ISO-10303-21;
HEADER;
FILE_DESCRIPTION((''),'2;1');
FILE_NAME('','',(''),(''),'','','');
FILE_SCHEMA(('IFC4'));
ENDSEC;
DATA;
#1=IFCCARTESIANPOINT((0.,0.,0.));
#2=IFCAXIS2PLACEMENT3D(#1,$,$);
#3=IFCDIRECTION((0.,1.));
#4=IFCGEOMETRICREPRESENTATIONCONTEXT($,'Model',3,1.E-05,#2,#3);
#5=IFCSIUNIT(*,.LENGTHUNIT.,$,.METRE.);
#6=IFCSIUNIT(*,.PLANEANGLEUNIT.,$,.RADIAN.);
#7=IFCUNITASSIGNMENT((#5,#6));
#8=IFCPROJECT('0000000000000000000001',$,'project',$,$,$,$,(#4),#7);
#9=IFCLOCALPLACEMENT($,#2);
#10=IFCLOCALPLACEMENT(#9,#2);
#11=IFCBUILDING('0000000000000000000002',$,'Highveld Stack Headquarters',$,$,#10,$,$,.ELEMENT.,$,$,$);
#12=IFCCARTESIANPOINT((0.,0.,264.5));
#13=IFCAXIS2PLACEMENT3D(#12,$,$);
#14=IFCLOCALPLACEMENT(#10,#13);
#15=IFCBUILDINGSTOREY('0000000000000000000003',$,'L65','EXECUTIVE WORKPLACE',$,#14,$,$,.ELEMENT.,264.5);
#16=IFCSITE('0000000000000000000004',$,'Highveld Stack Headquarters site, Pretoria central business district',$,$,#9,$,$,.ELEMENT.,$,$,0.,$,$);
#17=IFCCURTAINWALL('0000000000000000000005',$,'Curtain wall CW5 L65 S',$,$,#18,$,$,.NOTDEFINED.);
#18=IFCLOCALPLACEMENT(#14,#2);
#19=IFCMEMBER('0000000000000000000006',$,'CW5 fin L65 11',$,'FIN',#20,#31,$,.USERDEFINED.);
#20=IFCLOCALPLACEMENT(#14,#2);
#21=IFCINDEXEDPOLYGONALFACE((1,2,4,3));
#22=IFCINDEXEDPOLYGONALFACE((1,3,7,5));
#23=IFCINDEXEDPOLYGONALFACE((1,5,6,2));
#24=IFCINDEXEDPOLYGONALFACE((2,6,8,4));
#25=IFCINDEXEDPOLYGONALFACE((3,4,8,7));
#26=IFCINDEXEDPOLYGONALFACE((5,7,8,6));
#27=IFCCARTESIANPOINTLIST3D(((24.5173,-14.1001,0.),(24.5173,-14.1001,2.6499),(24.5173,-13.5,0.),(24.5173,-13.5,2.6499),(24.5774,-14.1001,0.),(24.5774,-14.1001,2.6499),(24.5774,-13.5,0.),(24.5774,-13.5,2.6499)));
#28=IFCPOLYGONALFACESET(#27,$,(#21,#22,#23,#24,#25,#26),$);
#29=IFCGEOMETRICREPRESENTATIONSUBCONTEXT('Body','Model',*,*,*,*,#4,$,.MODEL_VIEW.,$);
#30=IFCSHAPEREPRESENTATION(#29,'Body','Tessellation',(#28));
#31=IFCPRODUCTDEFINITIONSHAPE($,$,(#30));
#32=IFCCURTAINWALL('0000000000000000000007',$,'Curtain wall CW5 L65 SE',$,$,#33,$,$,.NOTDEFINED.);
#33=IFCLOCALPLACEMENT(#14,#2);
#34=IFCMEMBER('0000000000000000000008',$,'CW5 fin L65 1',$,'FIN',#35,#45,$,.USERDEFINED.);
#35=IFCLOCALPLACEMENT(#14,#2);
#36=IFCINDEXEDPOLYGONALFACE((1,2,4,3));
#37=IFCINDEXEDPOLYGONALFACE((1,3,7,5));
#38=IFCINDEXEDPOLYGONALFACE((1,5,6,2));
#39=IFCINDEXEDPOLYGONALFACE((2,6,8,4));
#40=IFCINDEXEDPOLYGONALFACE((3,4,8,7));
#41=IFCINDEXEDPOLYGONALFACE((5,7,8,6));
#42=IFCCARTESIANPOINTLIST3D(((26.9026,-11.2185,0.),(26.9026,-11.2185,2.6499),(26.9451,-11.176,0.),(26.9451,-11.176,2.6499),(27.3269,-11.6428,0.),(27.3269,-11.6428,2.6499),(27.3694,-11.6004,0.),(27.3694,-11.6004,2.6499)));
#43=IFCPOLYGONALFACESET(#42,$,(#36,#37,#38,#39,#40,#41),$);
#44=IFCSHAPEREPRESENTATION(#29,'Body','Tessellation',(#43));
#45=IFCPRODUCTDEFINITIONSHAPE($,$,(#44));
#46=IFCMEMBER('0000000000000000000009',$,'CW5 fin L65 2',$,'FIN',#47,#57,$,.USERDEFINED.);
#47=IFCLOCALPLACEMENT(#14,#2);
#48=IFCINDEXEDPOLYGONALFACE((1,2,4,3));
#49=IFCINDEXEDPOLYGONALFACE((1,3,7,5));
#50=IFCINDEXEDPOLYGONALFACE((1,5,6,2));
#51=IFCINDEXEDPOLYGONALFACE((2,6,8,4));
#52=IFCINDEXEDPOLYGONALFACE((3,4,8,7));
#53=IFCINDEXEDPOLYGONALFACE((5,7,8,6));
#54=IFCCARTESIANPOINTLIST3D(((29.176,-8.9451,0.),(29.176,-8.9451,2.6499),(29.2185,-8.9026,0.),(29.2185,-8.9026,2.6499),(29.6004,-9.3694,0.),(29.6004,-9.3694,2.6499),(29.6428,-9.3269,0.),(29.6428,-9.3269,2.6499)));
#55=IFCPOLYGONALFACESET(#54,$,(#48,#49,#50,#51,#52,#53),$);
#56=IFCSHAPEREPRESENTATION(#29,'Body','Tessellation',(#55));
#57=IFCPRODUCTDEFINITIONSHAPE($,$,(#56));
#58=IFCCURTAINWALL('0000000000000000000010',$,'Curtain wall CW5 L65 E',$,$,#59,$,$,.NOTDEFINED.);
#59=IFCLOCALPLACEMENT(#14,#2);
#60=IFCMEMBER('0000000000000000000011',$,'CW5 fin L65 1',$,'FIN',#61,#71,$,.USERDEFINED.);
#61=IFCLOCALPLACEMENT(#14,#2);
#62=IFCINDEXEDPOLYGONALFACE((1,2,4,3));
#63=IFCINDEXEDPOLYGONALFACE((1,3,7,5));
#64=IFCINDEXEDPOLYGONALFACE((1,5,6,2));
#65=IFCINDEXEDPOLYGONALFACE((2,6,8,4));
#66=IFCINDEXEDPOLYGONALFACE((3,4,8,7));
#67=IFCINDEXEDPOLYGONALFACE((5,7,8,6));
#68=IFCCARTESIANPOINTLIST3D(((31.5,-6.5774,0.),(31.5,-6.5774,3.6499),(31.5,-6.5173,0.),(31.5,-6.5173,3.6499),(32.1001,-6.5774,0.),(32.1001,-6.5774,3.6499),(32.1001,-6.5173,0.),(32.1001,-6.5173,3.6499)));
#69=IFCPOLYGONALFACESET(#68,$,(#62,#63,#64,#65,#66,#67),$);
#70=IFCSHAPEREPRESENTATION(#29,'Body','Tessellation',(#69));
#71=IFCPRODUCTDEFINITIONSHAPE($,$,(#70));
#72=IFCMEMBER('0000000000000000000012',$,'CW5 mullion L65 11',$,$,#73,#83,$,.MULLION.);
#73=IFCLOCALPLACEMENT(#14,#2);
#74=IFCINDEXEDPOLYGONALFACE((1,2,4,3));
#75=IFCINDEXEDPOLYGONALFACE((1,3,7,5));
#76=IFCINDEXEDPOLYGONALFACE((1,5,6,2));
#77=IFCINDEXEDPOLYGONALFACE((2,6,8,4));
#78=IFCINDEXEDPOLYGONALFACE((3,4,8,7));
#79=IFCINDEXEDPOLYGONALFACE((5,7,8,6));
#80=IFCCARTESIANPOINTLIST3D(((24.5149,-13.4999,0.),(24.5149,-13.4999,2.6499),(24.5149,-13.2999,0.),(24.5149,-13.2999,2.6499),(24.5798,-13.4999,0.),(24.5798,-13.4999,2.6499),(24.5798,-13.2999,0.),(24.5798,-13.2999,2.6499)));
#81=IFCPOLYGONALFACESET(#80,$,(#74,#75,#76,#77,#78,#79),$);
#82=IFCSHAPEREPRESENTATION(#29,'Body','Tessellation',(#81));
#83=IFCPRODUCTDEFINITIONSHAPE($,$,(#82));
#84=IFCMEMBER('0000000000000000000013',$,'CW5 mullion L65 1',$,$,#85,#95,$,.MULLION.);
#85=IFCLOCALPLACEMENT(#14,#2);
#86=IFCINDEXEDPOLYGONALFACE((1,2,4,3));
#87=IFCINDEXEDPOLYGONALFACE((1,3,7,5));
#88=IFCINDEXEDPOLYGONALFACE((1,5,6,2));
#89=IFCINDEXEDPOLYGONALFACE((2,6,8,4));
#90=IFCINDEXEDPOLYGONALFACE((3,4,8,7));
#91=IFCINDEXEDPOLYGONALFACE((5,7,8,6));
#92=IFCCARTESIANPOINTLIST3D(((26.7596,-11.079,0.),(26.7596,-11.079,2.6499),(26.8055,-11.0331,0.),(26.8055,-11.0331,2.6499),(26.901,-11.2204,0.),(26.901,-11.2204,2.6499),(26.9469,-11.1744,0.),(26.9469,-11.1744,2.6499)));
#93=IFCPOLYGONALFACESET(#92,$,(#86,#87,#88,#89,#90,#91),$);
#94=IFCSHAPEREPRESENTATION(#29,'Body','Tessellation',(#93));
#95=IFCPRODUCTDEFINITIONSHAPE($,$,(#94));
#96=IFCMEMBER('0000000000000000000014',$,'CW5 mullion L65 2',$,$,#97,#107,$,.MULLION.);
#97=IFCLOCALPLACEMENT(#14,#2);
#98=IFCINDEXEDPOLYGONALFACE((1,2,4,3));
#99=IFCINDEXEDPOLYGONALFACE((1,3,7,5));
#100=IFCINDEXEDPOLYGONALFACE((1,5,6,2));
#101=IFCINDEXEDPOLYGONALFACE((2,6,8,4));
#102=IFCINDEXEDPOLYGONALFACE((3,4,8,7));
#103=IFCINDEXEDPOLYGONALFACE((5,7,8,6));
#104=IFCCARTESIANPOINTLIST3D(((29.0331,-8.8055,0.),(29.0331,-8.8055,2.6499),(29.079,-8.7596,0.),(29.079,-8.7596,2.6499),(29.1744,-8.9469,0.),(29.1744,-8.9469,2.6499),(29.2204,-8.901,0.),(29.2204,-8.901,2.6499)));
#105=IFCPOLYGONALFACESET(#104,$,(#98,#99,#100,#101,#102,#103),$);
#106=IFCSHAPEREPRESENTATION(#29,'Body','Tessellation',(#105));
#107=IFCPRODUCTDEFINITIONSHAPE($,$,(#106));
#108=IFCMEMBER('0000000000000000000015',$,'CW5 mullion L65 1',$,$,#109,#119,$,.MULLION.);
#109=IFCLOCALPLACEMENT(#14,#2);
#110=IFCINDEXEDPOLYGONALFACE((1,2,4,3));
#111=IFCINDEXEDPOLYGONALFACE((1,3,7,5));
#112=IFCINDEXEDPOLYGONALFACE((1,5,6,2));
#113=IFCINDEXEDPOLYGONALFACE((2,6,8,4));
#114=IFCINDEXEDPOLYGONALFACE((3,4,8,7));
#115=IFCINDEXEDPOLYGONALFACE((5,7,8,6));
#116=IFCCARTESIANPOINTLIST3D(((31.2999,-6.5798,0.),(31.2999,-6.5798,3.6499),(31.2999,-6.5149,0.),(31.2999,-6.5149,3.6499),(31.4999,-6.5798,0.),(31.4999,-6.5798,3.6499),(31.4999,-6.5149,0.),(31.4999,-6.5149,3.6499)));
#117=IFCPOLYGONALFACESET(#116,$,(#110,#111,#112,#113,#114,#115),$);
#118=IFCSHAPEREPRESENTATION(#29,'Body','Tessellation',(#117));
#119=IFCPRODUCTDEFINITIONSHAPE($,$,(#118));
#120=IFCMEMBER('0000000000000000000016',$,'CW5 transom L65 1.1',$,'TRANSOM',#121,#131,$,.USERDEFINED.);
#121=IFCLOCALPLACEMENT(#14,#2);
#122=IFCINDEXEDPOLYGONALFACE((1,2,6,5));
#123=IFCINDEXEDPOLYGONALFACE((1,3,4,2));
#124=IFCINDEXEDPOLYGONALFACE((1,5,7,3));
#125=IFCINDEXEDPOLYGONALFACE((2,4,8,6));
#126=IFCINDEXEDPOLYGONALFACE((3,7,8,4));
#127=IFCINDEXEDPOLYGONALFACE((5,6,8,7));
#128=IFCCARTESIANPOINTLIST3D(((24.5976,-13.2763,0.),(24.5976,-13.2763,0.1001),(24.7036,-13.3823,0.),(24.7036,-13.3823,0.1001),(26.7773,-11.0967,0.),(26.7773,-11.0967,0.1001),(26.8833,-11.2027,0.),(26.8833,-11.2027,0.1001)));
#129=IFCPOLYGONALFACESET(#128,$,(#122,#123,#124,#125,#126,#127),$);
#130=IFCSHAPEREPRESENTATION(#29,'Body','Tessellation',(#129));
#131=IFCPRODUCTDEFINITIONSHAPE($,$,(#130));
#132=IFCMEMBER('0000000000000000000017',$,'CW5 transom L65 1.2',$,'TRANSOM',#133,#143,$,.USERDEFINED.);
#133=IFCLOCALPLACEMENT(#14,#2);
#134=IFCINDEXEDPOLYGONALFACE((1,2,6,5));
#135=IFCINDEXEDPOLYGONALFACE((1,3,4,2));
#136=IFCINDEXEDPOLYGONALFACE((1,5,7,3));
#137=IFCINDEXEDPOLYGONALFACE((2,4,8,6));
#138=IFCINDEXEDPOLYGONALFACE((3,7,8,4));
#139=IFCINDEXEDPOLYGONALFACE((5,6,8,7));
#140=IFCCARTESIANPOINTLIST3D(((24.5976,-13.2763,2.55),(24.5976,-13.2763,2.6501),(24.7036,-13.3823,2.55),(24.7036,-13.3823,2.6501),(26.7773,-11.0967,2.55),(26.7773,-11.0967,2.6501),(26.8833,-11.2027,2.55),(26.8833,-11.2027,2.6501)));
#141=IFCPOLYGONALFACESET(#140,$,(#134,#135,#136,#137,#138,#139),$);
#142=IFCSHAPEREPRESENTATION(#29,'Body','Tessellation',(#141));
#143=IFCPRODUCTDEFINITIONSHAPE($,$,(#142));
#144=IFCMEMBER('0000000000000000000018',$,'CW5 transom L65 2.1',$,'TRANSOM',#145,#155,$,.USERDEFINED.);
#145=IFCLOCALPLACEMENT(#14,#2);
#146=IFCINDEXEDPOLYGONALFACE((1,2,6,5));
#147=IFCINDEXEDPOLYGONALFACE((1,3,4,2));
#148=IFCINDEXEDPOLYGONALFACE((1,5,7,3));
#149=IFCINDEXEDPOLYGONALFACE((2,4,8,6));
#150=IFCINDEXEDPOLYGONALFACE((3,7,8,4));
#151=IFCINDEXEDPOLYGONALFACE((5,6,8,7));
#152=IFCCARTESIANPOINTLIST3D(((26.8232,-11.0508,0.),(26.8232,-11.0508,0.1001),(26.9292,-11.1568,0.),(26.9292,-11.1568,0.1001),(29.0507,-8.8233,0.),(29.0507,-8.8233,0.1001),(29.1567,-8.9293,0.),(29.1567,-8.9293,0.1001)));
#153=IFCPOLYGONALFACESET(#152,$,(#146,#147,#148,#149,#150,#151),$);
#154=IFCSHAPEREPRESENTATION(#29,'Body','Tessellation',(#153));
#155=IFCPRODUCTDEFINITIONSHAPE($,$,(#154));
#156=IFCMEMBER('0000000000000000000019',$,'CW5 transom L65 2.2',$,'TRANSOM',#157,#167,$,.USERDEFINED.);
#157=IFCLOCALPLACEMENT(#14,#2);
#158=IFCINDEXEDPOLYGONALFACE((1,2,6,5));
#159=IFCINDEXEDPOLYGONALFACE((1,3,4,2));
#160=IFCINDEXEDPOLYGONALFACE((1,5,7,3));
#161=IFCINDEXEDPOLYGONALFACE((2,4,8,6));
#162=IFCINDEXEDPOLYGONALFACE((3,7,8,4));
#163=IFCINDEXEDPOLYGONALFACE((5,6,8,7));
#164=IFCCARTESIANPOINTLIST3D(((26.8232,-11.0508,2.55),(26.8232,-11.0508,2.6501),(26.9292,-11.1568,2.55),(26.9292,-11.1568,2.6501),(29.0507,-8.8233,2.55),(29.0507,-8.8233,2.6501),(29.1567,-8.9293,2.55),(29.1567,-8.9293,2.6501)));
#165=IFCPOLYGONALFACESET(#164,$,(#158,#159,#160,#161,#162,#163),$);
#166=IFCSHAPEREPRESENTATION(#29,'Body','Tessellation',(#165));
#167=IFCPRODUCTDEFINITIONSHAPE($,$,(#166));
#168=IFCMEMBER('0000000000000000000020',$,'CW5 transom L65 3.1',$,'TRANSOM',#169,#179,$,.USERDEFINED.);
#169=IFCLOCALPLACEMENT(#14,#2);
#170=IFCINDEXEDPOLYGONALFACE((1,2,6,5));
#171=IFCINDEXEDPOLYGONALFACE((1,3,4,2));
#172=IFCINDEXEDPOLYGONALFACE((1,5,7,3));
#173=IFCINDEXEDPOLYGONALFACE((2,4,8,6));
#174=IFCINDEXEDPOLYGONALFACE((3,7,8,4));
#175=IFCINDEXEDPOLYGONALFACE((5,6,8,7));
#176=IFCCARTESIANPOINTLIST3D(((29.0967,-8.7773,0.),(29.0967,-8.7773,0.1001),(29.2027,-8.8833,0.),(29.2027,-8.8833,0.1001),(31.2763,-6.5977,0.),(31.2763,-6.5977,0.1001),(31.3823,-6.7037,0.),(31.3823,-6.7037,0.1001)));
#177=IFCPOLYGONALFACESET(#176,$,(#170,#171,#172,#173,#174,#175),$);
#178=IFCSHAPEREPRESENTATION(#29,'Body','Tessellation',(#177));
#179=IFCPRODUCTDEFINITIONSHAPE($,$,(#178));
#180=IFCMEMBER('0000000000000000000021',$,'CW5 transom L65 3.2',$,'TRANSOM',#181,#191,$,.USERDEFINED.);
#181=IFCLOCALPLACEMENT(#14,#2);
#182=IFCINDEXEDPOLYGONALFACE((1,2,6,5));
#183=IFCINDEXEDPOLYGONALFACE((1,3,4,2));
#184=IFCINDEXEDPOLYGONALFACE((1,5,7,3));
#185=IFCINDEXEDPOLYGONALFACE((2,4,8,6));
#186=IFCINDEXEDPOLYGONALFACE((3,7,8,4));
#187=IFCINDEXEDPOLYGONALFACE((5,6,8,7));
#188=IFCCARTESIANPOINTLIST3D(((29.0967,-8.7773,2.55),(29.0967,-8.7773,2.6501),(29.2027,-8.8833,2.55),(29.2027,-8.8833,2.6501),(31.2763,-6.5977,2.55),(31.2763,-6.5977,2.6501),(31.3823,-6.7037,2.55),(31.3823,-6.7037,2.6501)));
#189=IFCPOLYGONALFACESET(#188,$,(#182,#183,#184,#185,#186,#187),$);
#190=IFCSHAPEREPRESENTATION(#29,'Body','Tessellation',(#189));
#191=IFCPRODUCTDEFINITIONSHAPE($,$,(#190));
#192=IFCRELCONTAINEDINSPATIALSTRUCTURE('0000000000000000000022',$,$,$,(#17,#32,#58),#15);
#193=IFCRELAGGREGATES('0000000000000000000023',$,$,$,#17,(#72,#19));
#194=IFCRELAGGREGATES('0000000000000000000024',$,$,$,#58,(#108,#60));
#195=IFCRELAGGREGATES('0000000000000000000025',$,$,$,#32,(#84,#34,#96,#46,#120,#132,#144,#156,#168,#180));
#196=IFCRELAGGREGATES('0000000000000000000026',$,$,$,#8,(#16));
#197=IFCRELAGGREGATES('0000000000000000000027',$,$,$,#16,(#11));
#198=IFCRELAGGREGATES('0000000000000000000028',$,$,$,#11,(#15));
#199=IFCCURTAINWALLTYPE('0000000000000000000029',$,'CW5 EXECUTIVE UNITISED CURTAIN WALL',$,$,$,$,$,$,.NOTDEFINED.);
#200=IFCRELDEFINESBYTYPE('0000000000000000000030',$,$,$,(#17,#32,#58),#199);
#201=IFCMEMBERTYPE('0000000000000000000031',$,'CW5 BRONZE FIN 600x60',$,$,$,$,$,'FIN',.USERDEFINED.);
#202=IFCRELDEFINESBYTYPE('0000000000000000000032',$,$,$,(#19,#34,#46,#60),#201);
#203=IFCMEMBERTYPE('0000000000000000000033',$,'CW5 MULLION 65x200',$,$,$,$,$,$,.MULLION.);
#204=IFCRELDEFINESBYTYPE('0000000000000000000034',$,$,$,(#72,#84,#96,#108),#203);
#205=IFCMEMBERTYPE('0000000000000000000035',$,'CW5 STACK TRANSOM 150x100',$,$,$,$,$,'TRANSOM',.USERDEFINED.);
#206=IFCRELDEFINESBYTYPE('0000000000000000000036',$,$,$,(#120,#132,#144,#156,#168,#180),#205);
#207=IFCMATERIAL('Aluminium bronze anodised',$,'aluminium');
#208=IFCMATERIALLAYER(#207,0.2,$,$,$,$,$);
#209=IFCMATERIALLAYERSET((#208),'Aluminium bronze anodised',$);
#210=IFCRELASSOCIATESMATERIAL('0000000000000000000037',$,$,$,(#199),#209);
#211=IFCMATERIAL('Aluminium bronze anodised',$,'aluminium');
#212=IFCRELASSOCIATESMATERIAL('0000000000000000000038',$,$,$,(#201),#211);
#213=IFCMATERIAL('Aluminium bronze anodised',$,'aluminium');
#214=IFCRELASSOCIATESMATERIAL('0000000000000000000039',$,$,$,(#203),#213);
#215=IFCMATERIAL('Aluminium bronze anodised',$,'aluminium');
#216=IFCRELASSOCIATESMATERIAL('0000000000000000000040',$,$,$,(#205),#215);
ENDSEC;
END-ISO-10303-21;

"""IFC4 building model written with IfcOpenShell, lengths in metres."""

from ifc_helpers import new_model, si_unit, direction, frame, origin, origin_2d, place, context, subcontext, project, spatial, rectangle, extrude, material, layer, layer_set, material_profile, profile_set, type_object, element, aggregate, save


model = new_model("IFC4")

# Units and contexts
model_context = context("Model", 3, precision=1e-05, world=origin(), true_north=direction((0.0, 1.0)))
body_context = subcontext(model_context, "Body", "Model", "MODEL_VIEW")
ifc_project = project(units=[si_unit("LENGTHUNIT", "METRE"), si_unit("PLANEANGLEUNIT", "RADIAN")], contexts=[model_context])

# Site, building, storey
site_placement = place(None, origin())
site = spatial("IfcSite", under=ifc_project, at=site_placement, Name="Highveld Stack Headquarters site, Pretoria central business district", CompositionType="ELEMENT", RefElevation=0.0)
building_placement = place(site_placement, origin())
building = spatial("IfcBuilding", under=site, at=building_placement, Name="Highveld Stack Headquarters", CompositionType="ELEMENT")
storey_placement = place(building_placement, frame((0.0, 0.0, 264.5)))
storey = spatial("IfcBuildingStorey", under=building, at=storey_placement, Name="L65", Description="EXECUTIVE WORKPLACE", CompositionType="ELEMENT", Elevation=264.5)

# Curtain wall, member
ifc_material_1 = material(Name="Aluminium bronze anodised", Category="aluminium")
ifc_layer_1 = layer(ifc_material_1, 0.2)
ifc_layer_set_1 = layer_set([ifc_layer_1], Name="Aluminium bronze anodised")
curtain_wall_type = type_object("IfcCurtainWallType", Name="CW5 EXECUTIVE UNITISED CURTAIN WALL", PredefinedType="NOTDEFINED", material=ifc_layer_set_1)
curtain_wall_1_placement = place(storey_placement, origin())
curtain_wall_1 = element("IfcCurtainWall", 1, at=curtain_wall_1_placement, inside=storey, type_object=curtain_wall_type, Name="Curtain wall CW5 L65 S", PredefinedType="NOTDEFINED")
ifc_material_2 = material(Name="Aluminium bronze anodised", Category="aluminium")
ifc_material_profile_1 = material_profile(ifc_material_2, rectangle(XDim=0.6001, YDim=0.0601, at=origin_2d()), Name="FIN 600x60")
ifc_profile_set_1 = profile_set([ifc_material_profile_1], Name="Aluminium bronze anodised")
member_type_1 = type_object("IfcMemberType", Name="CW5 BRONZE FIN 600x60", ElementType="FIN", PredefinedType="USERDEFINED", material=ifc_profile_set_1)
member_1_placement = place(storey_placement, frame((24.5474, -13.8, 0.0), z_axis=(0.0, 0.0, 1.0), x_axis=(0.0, 1.0, 0.0)))
member_1 = element("IfcMember", 2, at=member_1_placement, type_object=member_type_1, Name="CW5 fin L65 11", ObjectType="FIN", PredefinedType="USERDEFINED", context=body_context, shape_type="SweptSolid", body=[
    extrude(rectangle(XDim=0.6001, YDim=0.0601, at=origin_2d()), origin(), (0.0, 0.0, 1.0), 2.6499),
])

# Curtain wall, members
curtain_wall_2_placement = place(storey_placement, origin())
curtain_wall_2 = element("IfcCurtainWall", 3, at=curtain_wall_2_placement, inside=storey, type_object=curtain_wall_type, Name="Curtain wall CW5 L65 SE", PredefinedType="NOTDEFINED")
member_2_placement = place(storey_placement, frame((27.136, -11.4094, 0.0), z_axis=(0.0, 0.0, 1.0), x_axis=(-0.707107, 0.707107, 0.0)))
member_2 = element("IfcMember", 4, at=member_2_placement, type_object=member_type_1, Name="CW5 fin L65 1", ObjectType="FIN", PredefinedType="USERDEFINED", context=body_context, shape_type="SweptSolid", body=[
    extrude(rectangle(XDim=0.6001, YDim=0.0601, at=origin_2d()), origin(), (0.0, 0.0, 1.0), 2.6499),
])
member_3_placement = place(storey_placement, frame((29.4094, -9.136, 0.0), z_axis=(0.0, 0.0, 1.0), x_axis=(-0.707107, 0.707107, 0.0)))
member_3 = element("IfcMember", 5, at=member_3_placement, type_object=member_type_1, Name="CW5 fin L65 2", ObjectType="FIN", PredefinedType="USERDEFINED", context=body_context, shape_type="SweptSolid", body=[
    extrude(rectangle(XDim=0.6001, YDim=0.0601, at=origin_2d()), origin(), (0.0, 0.0, 1.0), 2.6499),
])

# Curtain wall, member
curtain_wall_3_placement = place(storey_placement, origin())
curtain_wall_3 = element("IfcCurtainWall", 6, at=curtain_wall_3_placement, inside=storey, type_object=curtain_wall_type, Name="Curtain wall CW5 L65 E", PredefinedType="NOTDEFINED")
member_4_placement = place(storey_placement, frame((31.8, -6.5474, 0.0), z_axis=(0.0, 0.0, 1.0), x_axis=(-1.0, 0.0, 0.0)))
member_4 = element("IfcMember", 7, at=member_4_placement, type_object=member_type_1, Name="CW5 fin L65 1", ObjectType="FIN", PredefinedType="USERDEFINED", context=body_context, shape_type="SweptSolid", body=[
    extrude(rectangle(XDim=0.6001, YDim=0.0601, at=origin_2d()), origin(), (0.0, 0.0, 1.0), 3.6499),
])

# Members
ifc_material_3 = material(Name="Aluminium bronze anodised", Category="aluminium")
ifc_material_profile_2 = material_profile(ifc_material_3, rectangle(XDim=0.2, YDim=0.0649, at=origin_2d()), Name="CW5 MULLION 65x200")
ifc_profile_set_2 = profile_set([ifc_material_profile_2], Name="Aluminium bronze anodised")
member_type_2 = type_object("IfcMemberType", Name="CW5 MULLION 65x200", PredefinedType="MULLION", material=ifc_profile_set_2)
member_5_placement = place(storey_placement, frame((24.5474, -13.3999, 0.0), z_axis=(0.0, 0.0, 1.0), x_axis=(0.0, 1.0, 0.0)))
member_5 = element("IfcMember", 8, at=member_5_placement, type_object=member_type_2, Name="CW5 mullion L65 11", PredefinedType="MULLION", context=body_context, shape_type="SweptSolid", body=[
    extrude(rectangle(XDim=0.2, YDim=0.0649, at=origin_2d()), origin(), (0.0, 0.0, 1.0), 2.6499),
])
aggregate(curtain_wall_1, [member_5, member_1])
member_6_placement = place(storey_placement, frame((26.8533, -11.1267, 0.0), z_axis=(0.0, 0.0, 1.0), x_axis=(-0.707107, 0.707107, 0.0)))
member_6 = element("IfcMember", 9, at=member_6_placement, type_object=member_type_2, Name="CW5 mullion L65 1", PredefinedType="MULLION", context=body_context, shape_type="SweptSolid", body=[
    extrude(rectangle(XDim=0.2, YDim=0.0649, at=origin_2d()), origin(), (0.0, 0.0, 1.0), 2.6499),
])
member_7_placement = place(storey_placement, frame((29.1267, -8.8533, 0.0), z_axis=(0.0, 0.0, 1.0), x_axis=(-0.707107, 0.707107, 0.0)))
member_7 = element("IfcMember", 10, at=member_7_placement, type_object=member_type_2, Name="CW5 mullion L65 2", PredefinedType="MULLION", context=body_context, shape_type="SweptSolid", body=[
    extrude(rectangle(XDim=0.2, YDim=0.0649, at=origin_2d()), origin(), (0.0, 0.0, 1.0), 2.6499),
])
member_8_placement = place(storey_placement, frame((31.3999, -6.5474, 0.0), z_axis=(0.0, 0.0, 1.0), x_axis=(-1.0, 0.0, 0.0)))
member_8 = element("IfcMember", 11, at=member_8_placement, type_object=member_type_2, Name="CW5 mullion L65 1", PredefinedType="MULLION", context=body_context, shape_type="SweptSolid", body=[
    extrude(rectangle(XDim=0.2, YDim=0.0649, at=origin_2d()), origin(), (0.0, 0.0, 1.0), 3.6499),
])
ifc_material_4 = material(Name="Aluminium bronze anodised", Category="aluminium")
ifc_material_profile_3 = material_profile(ifc_material_4, rectangle(XDim=0.1499, YDim=0.1001, at=origin_2d()), Name="CW5 TRANSOM 150x100")
ifc_profile_set_3 = profile_set([ifc_material_profile_3], Name="Aluminium bronze anodised")
member_type_3 = type_object("IfcMemberType", Name="CW5 STACK TRANSOM 150x100", ElementType="TRANSOM", PredefinedType="USERDEFINED", material=ifc_profile_set_3)
member_9_placement = place(storey_placement, frame((24.6506, -13.3293, 0.05), z_axis=(0.707107, 0.707107, 0.0), x_axis=(-0.707107, 0.707107, 0.0)))
member_9 = element("IfcMember", 12, at=member_9_placement, type_object=member_type_3, Name="CW5 transom L65 1.1", ObjectType="TRANSOM", PredefinedType="USERDEFINED", context=body_context, shape_type="SweptSolid", body=[
    extrude(rectangle(XDim=0.1499, YDim=0.1001, at=origin_2d()), origin(), (0.0, 0.0, 1.0), 3.0825),
])
member_10_placement = place(storey_placement, frame((24.6506, -13.3293, 2.6001), z_axis=(0.707107, 0.707107, 0.0), x_axis=(-0.707107, 0.707107, 0.0)))
member_10 = element("IfcMember", 13, at=member_10_placement, type_object=member_type_3, Name="CW5 transom L65 1.2", ObjectType="TRANSOM", PredefinedType="USERDEFINED", context=body_context, shape_type="SweptSolid", body=[
    extrude(rectangle(XDim=0.1499, YDim=0.1001, at=origin_2d()), origin(), (0.0, 0.0, 1.0), 3.0825),
])
member_11_placement = place(storey_placement, frame((26.8762, -11.1038, 0.05), z_axis=(0.707107, 0.707107, 0.0), x_axis=(-0.707107, 0.707107, 0.0)))
member_11 = element("IfcMember", 14, at=member_11_placement, type_object=member_type_3, Name="CW5 transom L65 2.1", ObjectType="TRANSOM", PredefinedType="USERDEFINED", context=body_context, shape_type="SweptSolid", body=[
    extrude(rectangle(XDim=0.1499, YDim=0.1001, at=origin_2d()), origin(), (0.0, 0.0, 1.0), 3.1501),
])
member_12_placement = place(storey_placement, frame((26.8762, -11.1038, 2.6001), z_axis=(0.707107, 0.707107, 0.0), x_axis=(-0.707107, 0.707107, 0.0)))
member_12 = element("IfcMember", 15, at=member_12_placement, type_object=member_type_3, Name="CW5 transom L65 2.2", ObjectType="TRANSOM", PredefinedType="USERDEFINED", context=body_context, shape_type="SweptSolid", body=[
    extrude(rectangle(XDim=0.1499, YDim=0.1001, at=origin_2d()), origin(), (0.0, 0.0, 1.0), 3.1501),
])
member_13_placement = place(storey_placement, frame((29.1497, -8.8303, 0.05), z_axis=(0.707107, 0.707107, 0.0), x_axis=(-0.707107, 0.707107, 0.0)))
member_13 = element("IfcMember", 16, at=member_13_placement, type_object=member_type_3, Name="CW5 transom L65 3.1", ObjectType="TRANSOM", PredefinedType="USERDEFINED", context=body_context, shape_type="SweptSolid", body=[
    extrude(rectangle(XDim=0.1499, YDim=0.1001, at=origin_2d()), origin(), (0.0, 0.0, 1.0), 3.0825),
])
member_14_placement = place(storey_placement, frame((29.1497, -8.8303, 2.6001), z_axis=(0.707107, 0.707107, 0.0), x_axis=(-0.707107, 0.707107, 0.0)))
member_14 = element("IfcMember", 17, at=member_14_placement, type_object=member_type_3, Name="CW5 transom L65 3.2", ObjectType="TRANSOM", PredefinedType="USERDEFINED", context=body_context, shape_type="SweptSolid", body=[
    extrude(rectangle(XDim=0.1499, YDim=0.1001, at=origin_2d()), origin(), (0.0, 0.0, 1.0), 3.0825),
])
aggregate(curtain_wall_3, [member_8, member_4])

aggregate(curtain_wall_2, [member_6, member_2, member_7, member_3, member_9, member_10, member_11, member_12, member_13, member_14])

save(model, "model.ifc")
